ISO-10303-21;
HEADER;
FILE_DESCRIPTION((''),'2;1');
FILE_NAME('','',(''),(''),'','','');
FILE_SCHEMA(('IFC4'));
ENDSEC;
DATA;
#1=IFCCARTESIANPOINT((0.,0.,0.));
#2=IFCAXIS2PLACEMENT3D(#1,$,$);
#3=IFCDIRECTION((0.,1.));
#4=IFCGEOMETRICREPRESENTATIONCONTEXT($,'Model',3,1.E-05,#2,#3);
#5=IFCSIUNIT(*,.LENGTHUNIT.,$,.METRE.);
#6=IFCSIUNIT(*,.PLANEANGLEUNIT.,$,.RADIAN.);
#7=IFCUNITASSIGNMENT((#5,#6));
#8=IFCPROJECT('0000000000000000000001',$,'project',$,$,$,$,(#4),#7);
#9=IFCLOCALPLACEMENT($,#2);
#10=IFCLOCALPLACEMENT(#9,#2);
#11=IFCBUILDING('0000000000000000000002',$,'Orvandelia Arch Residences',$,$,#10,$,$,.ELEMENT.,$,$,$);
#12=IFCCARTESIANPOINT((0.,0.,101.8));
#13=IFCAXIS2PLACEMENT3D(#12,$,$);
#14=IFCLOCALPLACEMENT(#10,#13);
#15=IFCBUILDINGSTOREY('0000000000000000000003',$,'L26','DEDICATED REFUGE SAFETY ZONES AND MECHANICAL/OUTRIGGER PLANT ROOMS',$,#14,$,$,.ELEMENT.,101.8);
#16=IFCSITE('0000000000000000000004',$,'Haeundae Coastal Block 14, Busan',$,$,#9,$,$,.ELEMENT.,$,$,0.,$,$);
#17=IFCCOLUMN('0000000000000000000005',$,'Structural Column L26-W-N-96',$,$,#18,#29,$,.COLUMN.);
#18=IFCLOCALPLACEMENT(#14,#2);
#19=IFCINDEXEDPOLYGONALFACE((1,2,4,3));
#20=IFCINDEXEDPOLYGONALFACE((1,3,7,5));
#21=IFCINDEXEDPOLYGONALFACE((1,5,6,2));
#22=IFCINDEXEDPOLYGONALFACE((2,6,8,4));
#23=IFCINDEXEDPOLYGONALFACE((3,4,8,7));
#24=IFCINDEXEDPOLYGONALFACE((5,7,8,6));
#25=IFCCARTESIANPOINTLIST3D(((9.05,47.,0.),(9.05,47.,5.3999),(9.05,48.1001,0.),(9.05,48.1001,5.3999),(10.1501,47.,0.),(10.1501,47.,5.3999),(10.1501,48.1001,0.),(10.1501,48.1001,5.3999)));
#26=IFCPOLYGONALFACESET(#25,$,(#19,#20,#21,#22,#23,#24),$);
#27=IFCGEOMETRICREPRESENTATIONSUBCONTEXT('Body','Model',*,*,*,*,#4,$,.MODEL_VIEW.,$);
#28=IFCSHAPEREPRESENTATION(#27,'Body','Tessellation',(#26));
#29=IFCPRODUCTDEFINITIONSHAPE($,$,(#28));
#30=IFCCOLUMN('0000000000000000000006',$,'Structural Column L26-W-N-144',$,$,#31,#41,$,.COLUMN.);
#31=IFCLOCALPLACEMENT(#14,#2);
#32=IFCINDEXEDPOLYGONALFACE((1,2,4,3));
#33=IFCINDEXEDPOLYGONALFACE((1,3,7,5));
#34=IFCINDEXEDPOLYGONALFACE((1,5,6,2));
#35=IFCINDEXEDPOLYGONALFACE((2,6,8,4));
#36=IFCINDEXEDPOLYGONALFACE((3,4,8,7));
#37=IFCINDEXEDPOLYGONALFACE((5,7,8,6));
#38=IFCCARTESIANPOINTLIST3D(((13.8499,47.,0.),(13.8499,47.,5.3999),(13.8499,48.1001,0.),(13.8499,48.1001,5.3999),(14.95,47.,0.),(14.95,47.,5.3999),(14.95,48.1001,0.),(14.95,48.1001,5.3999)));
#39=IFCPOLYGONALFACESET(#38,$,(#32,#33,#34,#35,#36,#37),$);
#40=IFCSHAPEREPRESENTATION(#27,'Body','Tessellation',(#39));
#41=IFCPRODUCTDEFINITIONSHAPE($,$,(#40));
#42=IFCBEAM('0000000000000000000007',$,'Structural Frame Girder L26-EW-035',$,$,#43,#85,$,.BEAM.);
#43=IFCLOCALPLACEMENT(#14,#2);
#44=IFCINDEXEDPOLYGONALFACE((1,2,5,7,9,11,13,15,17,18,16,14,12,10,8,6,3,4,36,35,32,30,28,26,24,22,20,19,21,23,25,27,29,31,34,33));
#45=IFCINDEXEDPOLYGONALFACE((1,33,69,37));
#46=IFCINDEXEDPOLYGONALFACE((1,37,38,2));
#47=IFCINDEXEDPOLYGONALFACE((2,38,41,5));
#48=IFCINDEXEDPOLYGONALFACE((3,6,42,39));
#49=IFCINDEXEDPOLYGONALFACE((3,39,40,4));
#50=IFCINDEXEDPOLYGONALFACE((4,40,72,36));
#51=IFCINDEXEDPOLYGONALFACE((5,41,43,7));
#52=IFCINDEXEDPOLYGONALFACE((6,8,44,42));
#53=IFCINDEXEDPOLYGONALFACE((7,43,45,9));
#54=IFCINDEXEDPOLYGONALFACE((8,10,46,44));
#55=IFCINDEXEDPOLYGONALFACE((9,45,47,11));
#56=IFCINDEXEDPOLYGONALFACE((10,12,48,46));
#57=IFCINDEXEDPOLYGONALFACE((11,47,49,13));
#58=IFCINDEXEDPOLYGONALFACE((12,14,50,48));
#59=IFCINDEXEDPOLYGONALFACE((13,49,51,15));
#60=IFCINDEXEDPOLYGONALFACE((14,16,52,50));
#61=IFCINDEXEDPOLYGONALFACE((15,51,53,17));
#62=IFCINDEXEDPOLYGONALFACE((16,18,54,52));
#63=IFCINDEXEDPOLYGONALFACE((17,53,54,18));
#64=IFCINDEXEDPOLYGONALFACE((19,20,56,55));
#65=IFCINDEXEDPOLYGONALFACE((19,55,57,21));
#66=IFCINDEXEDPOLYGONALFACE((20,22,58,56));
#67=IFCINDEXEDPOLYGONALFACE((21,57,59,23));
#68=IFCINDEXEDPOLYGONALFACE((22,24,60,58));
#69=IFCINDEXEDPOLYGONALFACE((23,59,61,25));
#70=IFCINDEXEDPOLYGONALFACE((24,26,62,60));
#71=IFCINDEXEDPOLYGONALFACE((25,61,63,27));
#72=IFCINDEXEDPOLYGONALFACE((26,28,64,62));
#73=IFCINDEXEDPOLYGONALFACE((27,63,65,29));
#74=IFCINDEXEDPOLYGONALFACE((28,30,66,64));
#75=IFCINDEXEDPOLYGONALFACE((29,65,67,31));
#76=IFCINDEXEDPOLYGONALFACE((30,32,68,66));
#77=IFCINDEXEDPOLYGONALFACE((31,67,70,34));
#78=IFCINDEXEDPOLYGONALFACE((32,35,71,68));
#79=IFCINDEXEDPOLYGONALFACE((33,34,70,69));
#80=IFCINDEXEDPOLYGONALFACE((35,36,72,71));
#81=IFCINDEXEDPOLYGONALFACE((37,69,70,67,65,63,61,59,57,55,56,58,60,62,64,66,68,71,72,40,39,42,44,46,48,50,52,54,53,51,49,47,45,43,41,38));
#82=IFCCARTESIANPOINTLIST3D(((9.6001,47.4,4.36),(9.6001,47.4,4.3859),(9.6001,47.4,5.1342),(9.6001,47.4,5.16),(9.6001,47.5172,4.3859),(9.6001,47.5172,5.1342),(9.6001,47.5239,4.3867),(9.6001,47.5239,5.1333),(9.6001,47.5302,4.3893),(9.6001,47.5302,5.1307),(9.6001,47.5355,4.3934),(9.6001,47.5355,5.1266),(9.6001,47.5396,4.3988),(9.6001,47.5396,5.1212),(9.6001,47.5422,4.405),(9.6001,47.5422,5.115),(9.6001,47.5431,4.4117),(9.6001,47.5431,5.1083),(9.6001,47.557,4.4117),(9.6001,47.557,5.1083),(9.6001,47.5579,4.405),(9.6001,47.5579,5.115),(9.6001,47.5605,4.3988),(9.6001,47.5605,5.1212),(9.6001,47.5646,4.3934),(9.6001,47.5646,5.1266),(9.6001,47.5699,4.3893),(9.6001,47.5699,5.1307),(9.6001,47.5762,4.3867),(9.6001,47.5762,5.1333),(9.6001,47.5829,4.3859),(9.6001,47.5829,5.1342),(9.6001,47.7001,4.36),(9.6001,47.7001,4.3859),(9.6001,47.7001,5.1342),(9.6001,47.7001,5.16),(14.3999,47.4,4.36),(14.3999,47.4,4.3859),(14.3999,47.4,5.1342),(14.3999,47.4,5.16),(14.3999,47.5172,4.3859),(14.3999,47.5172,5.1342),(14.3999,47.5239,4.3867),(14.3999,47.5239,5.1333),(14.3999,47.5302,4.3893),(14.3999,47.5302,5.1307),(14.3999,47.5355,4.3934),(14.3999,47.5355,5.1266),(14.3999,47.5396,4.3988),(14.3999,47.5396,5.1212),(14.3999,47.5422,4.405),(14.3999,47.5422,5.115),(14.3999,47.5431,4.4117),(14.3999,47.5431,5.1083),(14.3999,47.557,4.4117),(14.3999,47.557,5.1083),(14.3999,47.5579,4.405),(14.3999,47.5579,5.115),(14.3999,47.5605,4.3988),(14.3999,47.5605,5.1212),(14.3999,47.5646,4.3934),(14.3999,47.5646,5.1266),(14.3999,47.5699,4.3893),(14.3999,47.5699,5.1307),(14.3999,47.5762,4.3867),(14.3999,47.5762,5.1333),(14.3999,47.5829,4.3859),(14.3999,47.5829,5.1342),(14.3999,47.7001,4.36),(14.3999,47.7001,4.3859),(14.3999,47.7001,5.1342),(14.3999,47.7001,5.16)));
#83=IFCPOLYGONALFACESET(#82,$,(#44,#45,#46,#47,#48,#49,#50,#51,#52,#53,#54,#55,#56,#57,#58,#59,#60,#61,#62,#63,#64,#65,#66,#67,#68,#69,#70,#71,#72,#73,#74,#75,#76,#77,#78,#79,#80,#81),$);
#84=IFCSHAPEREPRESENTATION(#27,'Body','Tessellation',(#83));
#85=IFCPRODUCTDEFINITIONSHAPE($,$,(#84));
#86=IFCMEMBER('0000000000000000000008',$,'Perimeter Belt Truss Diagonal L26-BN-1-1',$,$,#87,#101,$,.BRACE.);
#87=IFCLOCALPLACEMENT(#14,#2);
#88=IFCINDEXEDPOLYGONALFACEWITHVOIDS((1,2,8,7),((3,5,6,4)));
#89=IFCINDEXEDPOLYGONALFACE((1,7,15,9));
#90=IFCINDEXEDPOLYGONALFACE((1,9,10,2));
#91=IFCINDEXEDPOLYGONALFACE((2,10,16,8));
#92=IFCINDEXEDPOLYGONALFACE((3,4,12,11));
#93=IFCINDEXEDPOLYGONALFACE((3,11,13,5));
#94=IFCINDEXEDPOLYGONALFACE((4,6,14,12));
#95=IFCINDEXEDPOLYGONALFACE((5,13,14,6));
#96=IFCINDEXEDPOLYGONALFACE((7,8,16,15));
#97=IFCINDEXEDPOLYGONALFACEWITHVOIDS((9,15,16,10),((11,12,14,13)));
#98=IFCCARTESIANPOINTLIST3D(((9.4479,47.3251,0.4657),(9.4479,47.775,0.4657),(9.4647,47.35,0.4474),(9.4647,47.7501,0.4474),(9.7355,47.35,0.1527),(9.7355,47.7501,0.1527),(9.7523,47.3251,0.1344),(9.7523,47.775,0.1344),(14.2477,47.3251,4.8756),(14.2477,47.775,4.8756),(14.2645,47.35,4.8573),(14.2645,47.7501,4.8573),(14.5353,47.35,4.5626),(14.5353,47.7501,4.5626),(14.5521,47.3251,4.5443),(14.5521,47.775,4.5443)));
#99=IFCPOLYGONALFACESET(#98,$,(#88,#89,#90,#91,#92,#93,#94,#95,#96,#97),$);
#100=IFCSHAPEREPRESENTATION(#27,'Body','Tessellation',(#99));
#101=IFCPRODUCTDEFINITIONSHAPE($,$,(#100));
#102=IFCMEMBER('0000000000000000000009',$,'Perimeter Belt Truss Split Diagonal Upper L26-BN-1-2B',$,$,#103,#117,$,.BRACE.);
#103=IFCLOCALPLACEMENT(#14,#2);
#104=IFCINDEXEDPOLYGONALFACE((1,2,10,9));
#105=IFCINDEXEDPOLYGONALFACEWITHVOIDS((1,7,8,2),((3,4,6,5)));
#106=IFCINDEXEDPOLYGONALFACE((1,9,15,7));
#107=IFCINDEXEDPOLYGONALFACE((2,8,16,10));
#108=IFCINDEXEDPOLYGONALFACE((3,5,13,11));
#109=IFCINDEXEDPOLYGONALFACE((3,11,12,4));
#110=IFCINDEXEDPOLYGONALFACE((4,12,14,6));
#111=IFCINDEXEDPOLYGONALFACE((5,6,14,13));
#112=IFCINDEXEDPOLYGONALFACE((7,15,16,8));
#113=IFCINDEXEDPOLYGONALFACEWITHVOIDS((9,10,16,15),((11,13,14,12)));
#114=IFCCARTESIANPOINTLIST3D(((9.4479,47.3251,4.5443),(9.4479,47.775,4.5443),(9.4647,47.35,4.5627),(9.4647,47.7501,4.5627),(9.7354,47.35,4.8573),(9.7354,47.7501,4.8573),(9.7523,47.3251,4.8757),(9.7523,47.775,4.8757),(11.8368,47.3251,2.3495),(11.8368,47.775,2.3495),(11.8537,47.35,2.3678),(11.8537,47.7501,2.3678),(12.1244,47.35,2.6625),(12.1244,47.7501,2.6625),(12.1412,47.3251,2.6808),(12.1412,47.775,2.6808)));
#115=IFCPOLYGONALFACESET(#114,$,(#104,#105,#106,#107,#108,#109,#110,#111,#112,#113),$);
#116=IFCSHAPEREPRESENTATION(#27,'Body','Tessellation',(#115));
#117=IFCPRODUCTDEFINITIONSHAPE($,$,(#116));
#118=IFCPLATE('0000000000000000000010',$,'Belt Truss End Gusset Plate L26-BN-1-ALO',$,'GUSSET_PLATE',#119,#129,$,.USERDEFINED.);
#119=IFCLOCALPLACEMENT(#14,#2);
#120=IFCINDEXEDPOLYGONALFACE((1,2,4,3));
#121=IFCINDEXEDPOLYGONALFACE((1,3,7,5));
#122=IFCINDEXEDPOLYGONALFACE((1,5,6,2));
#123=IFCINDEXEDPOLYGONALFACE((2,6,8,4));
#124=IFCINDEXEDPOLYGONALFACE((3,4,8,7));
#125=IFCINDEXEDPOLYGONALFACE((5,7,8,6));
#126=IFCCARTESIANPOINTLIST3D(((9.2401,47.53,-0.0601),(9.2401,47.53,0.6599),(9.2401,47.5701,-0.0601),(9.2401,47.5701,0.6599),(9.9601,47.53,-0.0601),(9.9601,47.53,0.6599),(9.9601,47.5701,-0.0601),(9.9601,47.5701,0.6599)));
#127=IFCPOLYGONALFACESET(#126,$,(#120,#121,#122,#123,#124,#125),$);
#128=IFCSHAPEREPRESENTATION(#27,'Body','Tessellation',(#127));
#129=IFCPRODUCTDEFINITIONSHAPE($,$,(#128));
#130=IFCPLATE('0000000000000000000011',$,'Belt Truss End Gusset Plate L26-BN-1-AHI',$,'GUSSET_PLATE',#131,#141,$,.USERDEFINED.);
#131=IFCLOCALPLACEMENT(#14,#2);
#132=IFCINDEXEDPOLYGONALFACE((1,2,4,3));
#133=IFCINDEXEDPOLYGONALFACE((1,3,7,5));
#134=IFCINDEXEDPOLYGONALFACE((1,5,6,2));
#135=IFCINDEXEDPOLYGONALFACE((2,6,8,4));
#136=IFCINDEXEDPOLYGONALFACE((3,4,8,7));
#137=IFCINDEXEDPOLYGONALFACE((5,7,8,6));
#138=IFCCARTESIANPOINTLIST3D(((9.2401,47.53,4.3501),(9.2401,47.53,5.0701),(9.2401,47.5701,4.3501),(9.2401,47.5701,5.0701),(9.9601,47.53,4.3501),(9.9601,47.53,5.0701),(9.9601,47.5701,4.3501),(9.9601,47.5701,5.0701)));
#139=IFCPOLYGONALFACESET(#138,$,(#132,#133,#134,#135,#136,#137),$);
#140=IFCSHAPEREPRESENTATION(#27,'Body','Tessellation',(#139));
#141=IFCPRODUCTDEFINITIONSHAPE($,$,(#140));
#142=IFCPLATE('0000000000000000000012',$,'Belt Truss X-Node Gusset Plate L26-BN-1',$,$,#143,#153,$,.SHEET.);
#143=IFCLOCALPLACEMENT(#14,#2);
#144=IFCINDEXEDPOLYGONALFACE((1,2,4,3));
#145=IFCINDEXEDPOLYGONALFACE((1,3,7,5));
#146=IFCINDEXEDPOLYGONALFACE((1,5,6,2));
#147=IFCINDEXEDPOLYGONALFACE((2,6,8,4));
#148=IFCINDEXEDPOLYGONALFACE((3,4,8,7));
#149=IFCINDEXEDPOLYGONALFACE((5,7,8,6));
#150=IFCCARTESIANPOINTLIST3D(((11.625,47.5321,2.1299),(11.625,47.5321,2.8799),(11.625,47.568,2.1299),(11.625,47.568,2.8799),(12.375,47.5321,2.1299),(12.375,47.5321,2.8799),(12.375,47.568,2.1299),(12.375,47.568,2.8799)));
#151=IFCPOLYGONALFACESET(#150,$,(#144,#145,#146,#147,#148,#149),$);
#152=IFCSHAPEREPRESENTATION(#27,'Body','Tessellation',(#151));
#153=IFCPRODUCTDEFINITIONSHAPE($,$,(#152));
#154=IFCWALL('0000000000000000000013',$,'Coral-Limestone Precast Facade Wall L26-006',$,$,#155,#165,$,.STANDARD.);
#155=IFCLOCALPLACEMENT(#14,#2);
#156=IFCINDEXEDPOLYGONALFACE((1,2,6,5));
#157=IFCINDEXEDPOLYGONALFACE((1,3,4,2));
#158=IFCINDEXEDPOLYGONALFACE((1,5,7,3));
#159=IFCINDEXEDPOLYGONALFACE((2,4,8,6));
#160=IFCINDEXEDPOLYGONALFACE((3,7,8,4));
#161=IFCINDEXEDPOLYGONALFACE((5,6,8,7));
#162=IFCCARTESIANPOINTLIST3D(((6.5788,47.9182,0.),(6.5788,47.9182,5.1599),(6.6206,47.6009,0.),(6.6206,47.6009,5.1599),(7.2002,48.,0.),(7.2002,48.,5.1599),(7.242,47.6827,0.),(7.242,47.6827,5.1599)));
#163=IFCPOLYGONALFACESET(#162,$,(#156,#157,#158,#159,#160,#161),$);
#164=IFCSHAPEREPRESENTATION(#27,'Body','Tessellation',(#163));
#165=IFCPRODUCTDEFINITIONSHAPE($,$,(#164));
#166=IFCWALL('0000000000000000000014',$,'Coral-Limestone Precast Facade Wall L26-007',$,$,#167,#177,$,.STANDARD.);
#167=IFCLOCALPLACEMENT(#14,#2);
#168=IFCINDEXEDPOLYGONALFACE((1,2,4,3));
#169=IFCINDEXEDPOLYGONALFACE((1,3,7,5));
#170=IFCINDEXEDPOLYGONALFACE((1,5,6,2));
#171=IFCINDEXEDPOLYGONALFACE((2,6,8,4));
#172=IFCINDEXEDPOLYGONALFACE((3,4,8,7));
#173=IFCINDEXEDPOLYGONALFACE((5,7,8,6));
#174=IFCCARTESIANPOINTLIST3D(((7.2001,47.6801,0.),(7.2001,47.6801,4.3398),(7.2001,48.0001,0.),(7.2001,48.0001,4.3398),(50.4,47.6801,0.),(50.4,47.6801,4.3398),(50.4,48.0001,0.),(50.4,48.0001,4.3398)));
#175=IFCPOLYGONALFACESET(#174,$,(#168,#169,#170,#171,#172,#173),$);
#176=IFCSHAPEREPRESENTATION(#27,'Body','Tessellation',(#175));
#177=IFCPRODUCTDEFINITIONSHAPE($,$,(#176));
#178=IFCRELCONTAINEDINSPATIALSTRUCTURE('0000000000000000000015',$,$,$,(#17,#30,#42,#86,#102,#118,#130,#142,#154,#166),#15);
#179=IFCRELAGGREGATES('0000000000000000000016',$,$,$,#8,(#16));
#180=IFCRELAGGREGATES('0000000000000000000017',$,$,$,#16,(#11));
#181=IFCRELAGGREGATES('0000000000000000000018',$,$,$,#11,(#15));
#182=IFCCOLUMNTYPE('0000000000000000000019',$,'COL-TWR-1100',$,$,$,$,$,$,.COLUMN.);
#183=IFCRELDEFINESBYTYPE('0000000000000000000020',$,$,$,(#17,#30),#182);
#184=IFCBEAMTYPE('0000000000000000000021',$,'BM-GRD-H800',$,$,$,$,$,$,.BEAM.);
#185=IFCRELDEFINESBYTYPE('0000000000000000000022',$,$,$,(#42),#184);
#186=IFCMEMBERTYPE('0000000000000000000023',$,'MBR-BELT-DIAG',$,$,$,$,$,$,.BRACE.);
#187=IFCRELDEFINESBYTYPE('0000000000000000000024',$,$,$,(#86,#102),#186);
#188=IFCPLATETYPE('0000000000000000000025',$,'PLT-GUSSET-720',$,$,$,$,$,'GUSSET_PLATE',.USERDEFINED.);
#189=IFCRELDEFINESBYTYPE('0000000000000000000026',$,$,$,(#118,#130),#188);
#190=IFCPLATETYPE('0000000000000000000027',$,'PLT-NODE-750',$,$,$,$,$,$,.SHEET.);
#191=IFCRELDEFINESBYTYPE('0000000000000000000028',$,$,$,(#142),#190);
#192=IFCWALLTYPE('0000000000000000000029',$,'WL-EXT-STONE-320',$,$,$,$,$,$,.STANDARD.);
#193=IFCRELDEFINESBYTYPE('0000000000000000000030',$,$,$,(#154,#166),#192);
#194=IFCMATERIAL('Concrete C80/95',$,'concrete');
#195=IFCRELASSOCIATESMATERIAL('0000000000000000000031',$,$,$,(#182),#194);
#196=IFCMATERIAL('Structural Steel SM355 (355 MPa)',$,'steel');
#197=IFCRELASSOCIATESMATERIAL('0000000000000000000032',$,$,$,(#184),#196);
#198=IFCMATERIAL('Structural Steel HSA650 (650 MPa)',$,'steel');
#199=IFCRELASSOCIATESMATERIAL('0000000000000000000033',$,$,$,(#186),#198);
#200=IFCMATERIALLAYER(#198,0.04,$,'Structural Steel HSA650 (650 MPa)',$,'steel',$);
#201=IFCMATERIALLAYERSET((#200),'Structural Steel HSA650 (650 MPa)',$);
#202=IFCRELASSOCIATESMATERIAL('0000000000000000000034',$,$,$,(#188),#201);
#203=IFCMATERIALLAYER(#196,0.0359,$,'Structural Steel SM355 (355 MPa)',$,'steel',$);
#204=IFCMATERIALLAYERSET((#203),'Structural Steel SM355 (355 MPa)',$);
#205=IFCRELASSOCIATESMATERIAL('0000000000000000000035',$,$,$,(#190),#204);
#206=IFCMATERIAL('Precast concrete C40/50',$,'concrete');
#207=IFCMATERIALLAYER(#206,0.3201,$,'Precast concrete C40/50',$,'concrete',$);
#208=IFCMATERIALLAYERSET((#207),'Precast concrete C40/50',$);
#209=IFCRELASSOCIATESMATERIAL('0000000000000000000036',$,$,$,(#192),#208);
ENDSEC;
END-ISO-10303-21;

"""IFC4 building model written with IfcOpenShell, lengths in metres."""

from ifc_helpers import new_model, si_unit, direction, frame, frame_2d, origin, origin_2d, place, context, subcontext, project, spatial, rectangle, hollow_rectangle, i_section, extrude, material, layer, layer_set, material_profile, profile_set, type_object, element, save


model = new_model("IFC4")

# Units and contexts
model_context = context("Model", 3, precision=1e-05, world=origin(), true_north=direction((0.0, 1.0)))
body_context = subcontext(model_context, "Body", "Model", "MODEL_VIEW")
ifc_project = project(units=[si_unit("LENGTHUNIT", "METRE"), si_unit("PLANEANGLEUNIT", "RADIAN")], contexts=[model_context])

# Site, building, storey
site_placement = place(None, origin())
site = spatial("IfcSite", under=ifc_project, at=site_placement, Name="Haeundae Coastal Block 14, Busan", CompositionType="ELEMENT", RefElevation=0.0)
building_placement = place(site_placement, origin())
building = spatial("IfcBuilding", under=site, at=building_placement, Name="Orvandelia Arch Residences", CompositionType="ELEMENT")
storey_placement = place(building_placement, frame((0.0, 0.0, 101.8)))
storey = spatial("IfcBuildingStorey", under=building, at=storey_placement, Name="L26", Description="DEDICATED REFUGE SAFETY ZONES AND MECHANICAL/OUTRIGGER PLANT ROOMS", CompositionType="ELEMENT", Elevation=101.8)

# Columns
ifc_material_1 = material(Name="Concrete C80/95", Category="concrete")
ifc_material_profile_1 = material_profile(ifc_material_1, rectangle(XDim=1.1001, YDim=1.1001, at=origin_2d()), Name="Concrete C80/95", Category="concrete")
ifc_profile_set_1 = profile_set([ifc_material_profile_1], Name="Concrete C80/95")
column_type = type_object("IfcColumnType", Name="COL-TWR-1100", PredefinedType="COLUMN", material=ifc_profile_set_1)
for number, where, z_axis, x_axis, name in (
    (1, (9.6001, 47.55, 0.0), (0.0, 0.0, 1.0), (1.0, 0.0, 0.0), "Structural Column L26-W-N-96"),
    (2, (14.3999, 47.55, 0.0), (0.0, 0.0, 1.0), (1.0, 0.0, 0.0), "Structural Column L26-W-N-144"),
):
    element("IfcColumn", number, at=place(storey_placement, frame(where, z_axis=z_axis, x_axis=x_axis)), inside=storey, type_object=column_type, Name=name, PredefinedType="COLUMN", context=body_context, shape_type="SweptSolid", body=[
        extrude(rectangle(XDim=1.1001, YDim=1.1001, at=origin_2d()), origin(), (0.0, 0.0, 1.0), 5.3999),
    ])

# Beam
ifc_material_2 = material(Name="Structural Steel SM355 (355 MPa)", Category="steel")
ifc_material_profile_2 = material_profile(ifc_material_2, i_section(OverallWidth=0.3, OverallDepth=0.8, WebThickness=0.0139, FlangeThickness=0.0259, FilletRadius=0.0259, at=origin_2d()), Name="Structural Steel SM355 (355 MPa)", Category="steel")
ifc_profile_set_2 = profile_set([ifc_material_profile_2], Name="Structural Steel SM355 (355 MPa)")
beam_type = type_object("IfcBeamType", Name="BM-GRD-H800", PredefinedType="BEAM", material=ifc_profile_set_2)
beam_placement = place(storey_placement, frame((9.6001, 47.55, 4.76), z_axis=(1.0, 0.0, 0.0), x_axis=(0.0, 1.0, 0.0)))
element("IfcBeam", 3, at=beam_placement, inside=storey, type_object=beam_type, Name="Structural Frame Girder L26-EW-035", PredefinedType="BEAM", context=body_context, shape_type="SweptSolid", body=[
    extrude(i_section(OverallWidth=0.3, OverallDepth=0.8, WebThickness=0.0139, FlangeThickness=0.0259, FilletRadius=0.0259, at=origin_2d()), origin(), (0.0, 0.0, 1.0), 4.7998),
])

# Members
ifc_material_3 = material(Name="Structural Steel HSA650 (650 MPa)", Category="steel")
ifc_material_profile_3 = material_profile(ifc_material_3, hollow_rectangle(XDim=0.45, YDim=0.45, WallThickness=0.0249, at=origin_2d()), Name="Structural Steel HSA650 (650 MPa)", Category="steel")
ifc_profile_set_3 = profile_set([ifc_material_profile_3], Name="Structural Steel HSA650 (650 MPa)")
member_type = type_object("IfcMemberType", Name="MBR-BELT-DIAG", PredefinedType="BRACE", material=ifc_profile_set_3)
member_1_placement = place(storey_placement, frame((9.6001, 47.55, 0.3), z_axis=(0.736382, 0.0, 0.676565), x_axis=(0.0, 1.0, 0.0)))
element("IfcMember", 4, at=member_1_placement, inside=storey, type_object=member_type, Name="Perimeter Belt Truss Diagonal L26-BN-1-1", PredefinedType="BRACE", context=body_context, shape_type="SweptSolid", body=[
    extrude(hollow_rectangle(XDim=0.45, YDim=0.45, WallThickness=0.0249, at=origin_2d()), origin(), (0.0, 0.0, 1.0), 6.5181),
])
member_2_placement = place(storey_placement, frame((11.989, 47.55, 2.5151), z_axis=(-0.736388, 0.0, 0.676559), x_axis=(0.0, -1.0, 0.0)))
element("IfcMember", 5, at=member_2_placement, inside=storey, type_object=member_type, Name="Perimeter Belt Truss Split Diagonal Upper L26-BN-1-2B", PredefinedType="BRACE", context=body_context, shape_type="SweptSolid", body=[
    extrude(hollow_rectangle(XDim=0.45, YDim=0.45, WallThickness=0.0249, at=origin_2d()), origin(), (0.0, 0.0, 1.0), 3.2441),
])

# Plates
ifc_layer_1 = layer(ifc_material_3, 0.04, Name="Structural Steel HSA650 (650 MPa)", Category="steel")
ifc_layer_set_1 = layer_set([ifc_layer_1], Name="Structural Steel HSA650 (650 MPa)")
plate_type_1 = type_object("IfcPlateType", Name="PLT-GUSSET-720", ElementType="GUSSET_PLATE", PredefinedType="USERDEFINED", material=ifc_layer_set_1)
for number, where, z_axis, x_axis, name in (
    (6, (9.6001, 47.55, -0.0601), (0.0, 0.0, 1.0), (1.0, 0.0, 0.0), "Belt Truss End Gusset Plate L26-BN-1-ALO"),
    (7, (9.6001, 47.55, 4.3501), (0.0, 0.0, 1.0), (1.0, 0.0, 0.0), "Belt Truss End Gusset Plate L26-BN-1-AHI"),
):
    element("IfcPlate", number, at=place(storey_placement, frame(where, z_axis=z_axis, x_axis=x_axis)), inside=storey, type_object=plate_type_1, Name=name, ObjectType="GUSSET_PLATE", PredefinedType="USERDEFINED", context=body_context, shape_type="SweptSolid", body=[
        extrude(rectangle(XDim=0.72, YDim=0.04, at=origin_2d()), origin(), (0.0, 0.0, 1.0), 0.72),
    ])
ifc_layer_2 = layer(ifc_material_2, 0.0359, Name="Structural Steel SM355 (355 MPa)", Category="steel")
ifc_layer_set_2 = layer_set([ifc_layer_2], Name="Structural Steel SM355 (355 MPa)")
plate_type_2 = type_object("IfcPlateType", Name="PLT-NODE-750", PredefinedType="SHEET", material=ifc_layer_set_2)
plate_placement = place(storey_placement, frame((12.0, 47.55, 2.1299), z_axis=(0.0, 0.0, 1.0), x_axis=(1.0, 0.0, 0.0)))
element("IfcPlate", 8, at=plate_placement, inside=storey, type_object=plate_type_2, Name="Belt Truss X-Node Gusset Plate L26-BN-1", PredefinedType="SHEET", context=body_context, shape_type="SweptSolid", body=[
    extrude(rectangle(XDim=0.75, YDim=0.0359, at=origin_2d()), origin(), (0.0, 0.0, 1.0), 0.75),
])

# Walls
ifc_material_4 = material(Name="Precast concrete C40/50", Category="concrete")
ifc_layer_3 = layer(ifc_material_4, 0.3201, Name="Precast concrete C40/50", Category="concrete")
ifc_layer_set_3 = layer_set([ifc_layer_3], Name="Precast concrete C40/50")
wall_type_1 = type_object("IfcWallType", Name="WL-EXT-STONE-320", PredefinedType="STANDARD", material=ifc_layer_set_3)
wall_1_placement = place(storey_placement, frame((6.5996, 47.7595, 0.0), z_axis=(0.0, 0.0, 1.0), x_axis=(0.991448, 0.130505, 0.0)))
element("IfcWall", 9, at=wall_1_placement, inside=storey, type_object=wall_type_1, Name="Coral-Limestone Precast Facade Wall L26-006", PredefinedType="STANDARD", context=body_context, shape_type="SweptSolid", body=[
    extrude(rectangle(XDim=0.6267, YDim=0.3201, at=frame_2d((0.3135, 0.0))), origin(), (0.0, 0.0, 1.0), 5.1599),
])
wall_2_placement = place(storey_placement, frame((7.2, 47.8401, 0.0), z_axis=(0.0, 0.0, 1.0), x_axis=(1.0, 0.0, 0.0)))
element("IfcWall", 10, at=wall_2_placement, inside=storey, type_object=wall_type_1, Name="Coral-Limestone Precast Facade Wall L26-007", PredefinedType="STANDARD", context=body_context, shape_type="SweptSolid", body=[
    extrude(rectangle(XDim=43.2, YDim=0.3201, at=frame_2d((21.6001, 0.0))), origin(), (0.0, 0.0, 1.0), 4.3398),
])

save(model, "model.ifc")
